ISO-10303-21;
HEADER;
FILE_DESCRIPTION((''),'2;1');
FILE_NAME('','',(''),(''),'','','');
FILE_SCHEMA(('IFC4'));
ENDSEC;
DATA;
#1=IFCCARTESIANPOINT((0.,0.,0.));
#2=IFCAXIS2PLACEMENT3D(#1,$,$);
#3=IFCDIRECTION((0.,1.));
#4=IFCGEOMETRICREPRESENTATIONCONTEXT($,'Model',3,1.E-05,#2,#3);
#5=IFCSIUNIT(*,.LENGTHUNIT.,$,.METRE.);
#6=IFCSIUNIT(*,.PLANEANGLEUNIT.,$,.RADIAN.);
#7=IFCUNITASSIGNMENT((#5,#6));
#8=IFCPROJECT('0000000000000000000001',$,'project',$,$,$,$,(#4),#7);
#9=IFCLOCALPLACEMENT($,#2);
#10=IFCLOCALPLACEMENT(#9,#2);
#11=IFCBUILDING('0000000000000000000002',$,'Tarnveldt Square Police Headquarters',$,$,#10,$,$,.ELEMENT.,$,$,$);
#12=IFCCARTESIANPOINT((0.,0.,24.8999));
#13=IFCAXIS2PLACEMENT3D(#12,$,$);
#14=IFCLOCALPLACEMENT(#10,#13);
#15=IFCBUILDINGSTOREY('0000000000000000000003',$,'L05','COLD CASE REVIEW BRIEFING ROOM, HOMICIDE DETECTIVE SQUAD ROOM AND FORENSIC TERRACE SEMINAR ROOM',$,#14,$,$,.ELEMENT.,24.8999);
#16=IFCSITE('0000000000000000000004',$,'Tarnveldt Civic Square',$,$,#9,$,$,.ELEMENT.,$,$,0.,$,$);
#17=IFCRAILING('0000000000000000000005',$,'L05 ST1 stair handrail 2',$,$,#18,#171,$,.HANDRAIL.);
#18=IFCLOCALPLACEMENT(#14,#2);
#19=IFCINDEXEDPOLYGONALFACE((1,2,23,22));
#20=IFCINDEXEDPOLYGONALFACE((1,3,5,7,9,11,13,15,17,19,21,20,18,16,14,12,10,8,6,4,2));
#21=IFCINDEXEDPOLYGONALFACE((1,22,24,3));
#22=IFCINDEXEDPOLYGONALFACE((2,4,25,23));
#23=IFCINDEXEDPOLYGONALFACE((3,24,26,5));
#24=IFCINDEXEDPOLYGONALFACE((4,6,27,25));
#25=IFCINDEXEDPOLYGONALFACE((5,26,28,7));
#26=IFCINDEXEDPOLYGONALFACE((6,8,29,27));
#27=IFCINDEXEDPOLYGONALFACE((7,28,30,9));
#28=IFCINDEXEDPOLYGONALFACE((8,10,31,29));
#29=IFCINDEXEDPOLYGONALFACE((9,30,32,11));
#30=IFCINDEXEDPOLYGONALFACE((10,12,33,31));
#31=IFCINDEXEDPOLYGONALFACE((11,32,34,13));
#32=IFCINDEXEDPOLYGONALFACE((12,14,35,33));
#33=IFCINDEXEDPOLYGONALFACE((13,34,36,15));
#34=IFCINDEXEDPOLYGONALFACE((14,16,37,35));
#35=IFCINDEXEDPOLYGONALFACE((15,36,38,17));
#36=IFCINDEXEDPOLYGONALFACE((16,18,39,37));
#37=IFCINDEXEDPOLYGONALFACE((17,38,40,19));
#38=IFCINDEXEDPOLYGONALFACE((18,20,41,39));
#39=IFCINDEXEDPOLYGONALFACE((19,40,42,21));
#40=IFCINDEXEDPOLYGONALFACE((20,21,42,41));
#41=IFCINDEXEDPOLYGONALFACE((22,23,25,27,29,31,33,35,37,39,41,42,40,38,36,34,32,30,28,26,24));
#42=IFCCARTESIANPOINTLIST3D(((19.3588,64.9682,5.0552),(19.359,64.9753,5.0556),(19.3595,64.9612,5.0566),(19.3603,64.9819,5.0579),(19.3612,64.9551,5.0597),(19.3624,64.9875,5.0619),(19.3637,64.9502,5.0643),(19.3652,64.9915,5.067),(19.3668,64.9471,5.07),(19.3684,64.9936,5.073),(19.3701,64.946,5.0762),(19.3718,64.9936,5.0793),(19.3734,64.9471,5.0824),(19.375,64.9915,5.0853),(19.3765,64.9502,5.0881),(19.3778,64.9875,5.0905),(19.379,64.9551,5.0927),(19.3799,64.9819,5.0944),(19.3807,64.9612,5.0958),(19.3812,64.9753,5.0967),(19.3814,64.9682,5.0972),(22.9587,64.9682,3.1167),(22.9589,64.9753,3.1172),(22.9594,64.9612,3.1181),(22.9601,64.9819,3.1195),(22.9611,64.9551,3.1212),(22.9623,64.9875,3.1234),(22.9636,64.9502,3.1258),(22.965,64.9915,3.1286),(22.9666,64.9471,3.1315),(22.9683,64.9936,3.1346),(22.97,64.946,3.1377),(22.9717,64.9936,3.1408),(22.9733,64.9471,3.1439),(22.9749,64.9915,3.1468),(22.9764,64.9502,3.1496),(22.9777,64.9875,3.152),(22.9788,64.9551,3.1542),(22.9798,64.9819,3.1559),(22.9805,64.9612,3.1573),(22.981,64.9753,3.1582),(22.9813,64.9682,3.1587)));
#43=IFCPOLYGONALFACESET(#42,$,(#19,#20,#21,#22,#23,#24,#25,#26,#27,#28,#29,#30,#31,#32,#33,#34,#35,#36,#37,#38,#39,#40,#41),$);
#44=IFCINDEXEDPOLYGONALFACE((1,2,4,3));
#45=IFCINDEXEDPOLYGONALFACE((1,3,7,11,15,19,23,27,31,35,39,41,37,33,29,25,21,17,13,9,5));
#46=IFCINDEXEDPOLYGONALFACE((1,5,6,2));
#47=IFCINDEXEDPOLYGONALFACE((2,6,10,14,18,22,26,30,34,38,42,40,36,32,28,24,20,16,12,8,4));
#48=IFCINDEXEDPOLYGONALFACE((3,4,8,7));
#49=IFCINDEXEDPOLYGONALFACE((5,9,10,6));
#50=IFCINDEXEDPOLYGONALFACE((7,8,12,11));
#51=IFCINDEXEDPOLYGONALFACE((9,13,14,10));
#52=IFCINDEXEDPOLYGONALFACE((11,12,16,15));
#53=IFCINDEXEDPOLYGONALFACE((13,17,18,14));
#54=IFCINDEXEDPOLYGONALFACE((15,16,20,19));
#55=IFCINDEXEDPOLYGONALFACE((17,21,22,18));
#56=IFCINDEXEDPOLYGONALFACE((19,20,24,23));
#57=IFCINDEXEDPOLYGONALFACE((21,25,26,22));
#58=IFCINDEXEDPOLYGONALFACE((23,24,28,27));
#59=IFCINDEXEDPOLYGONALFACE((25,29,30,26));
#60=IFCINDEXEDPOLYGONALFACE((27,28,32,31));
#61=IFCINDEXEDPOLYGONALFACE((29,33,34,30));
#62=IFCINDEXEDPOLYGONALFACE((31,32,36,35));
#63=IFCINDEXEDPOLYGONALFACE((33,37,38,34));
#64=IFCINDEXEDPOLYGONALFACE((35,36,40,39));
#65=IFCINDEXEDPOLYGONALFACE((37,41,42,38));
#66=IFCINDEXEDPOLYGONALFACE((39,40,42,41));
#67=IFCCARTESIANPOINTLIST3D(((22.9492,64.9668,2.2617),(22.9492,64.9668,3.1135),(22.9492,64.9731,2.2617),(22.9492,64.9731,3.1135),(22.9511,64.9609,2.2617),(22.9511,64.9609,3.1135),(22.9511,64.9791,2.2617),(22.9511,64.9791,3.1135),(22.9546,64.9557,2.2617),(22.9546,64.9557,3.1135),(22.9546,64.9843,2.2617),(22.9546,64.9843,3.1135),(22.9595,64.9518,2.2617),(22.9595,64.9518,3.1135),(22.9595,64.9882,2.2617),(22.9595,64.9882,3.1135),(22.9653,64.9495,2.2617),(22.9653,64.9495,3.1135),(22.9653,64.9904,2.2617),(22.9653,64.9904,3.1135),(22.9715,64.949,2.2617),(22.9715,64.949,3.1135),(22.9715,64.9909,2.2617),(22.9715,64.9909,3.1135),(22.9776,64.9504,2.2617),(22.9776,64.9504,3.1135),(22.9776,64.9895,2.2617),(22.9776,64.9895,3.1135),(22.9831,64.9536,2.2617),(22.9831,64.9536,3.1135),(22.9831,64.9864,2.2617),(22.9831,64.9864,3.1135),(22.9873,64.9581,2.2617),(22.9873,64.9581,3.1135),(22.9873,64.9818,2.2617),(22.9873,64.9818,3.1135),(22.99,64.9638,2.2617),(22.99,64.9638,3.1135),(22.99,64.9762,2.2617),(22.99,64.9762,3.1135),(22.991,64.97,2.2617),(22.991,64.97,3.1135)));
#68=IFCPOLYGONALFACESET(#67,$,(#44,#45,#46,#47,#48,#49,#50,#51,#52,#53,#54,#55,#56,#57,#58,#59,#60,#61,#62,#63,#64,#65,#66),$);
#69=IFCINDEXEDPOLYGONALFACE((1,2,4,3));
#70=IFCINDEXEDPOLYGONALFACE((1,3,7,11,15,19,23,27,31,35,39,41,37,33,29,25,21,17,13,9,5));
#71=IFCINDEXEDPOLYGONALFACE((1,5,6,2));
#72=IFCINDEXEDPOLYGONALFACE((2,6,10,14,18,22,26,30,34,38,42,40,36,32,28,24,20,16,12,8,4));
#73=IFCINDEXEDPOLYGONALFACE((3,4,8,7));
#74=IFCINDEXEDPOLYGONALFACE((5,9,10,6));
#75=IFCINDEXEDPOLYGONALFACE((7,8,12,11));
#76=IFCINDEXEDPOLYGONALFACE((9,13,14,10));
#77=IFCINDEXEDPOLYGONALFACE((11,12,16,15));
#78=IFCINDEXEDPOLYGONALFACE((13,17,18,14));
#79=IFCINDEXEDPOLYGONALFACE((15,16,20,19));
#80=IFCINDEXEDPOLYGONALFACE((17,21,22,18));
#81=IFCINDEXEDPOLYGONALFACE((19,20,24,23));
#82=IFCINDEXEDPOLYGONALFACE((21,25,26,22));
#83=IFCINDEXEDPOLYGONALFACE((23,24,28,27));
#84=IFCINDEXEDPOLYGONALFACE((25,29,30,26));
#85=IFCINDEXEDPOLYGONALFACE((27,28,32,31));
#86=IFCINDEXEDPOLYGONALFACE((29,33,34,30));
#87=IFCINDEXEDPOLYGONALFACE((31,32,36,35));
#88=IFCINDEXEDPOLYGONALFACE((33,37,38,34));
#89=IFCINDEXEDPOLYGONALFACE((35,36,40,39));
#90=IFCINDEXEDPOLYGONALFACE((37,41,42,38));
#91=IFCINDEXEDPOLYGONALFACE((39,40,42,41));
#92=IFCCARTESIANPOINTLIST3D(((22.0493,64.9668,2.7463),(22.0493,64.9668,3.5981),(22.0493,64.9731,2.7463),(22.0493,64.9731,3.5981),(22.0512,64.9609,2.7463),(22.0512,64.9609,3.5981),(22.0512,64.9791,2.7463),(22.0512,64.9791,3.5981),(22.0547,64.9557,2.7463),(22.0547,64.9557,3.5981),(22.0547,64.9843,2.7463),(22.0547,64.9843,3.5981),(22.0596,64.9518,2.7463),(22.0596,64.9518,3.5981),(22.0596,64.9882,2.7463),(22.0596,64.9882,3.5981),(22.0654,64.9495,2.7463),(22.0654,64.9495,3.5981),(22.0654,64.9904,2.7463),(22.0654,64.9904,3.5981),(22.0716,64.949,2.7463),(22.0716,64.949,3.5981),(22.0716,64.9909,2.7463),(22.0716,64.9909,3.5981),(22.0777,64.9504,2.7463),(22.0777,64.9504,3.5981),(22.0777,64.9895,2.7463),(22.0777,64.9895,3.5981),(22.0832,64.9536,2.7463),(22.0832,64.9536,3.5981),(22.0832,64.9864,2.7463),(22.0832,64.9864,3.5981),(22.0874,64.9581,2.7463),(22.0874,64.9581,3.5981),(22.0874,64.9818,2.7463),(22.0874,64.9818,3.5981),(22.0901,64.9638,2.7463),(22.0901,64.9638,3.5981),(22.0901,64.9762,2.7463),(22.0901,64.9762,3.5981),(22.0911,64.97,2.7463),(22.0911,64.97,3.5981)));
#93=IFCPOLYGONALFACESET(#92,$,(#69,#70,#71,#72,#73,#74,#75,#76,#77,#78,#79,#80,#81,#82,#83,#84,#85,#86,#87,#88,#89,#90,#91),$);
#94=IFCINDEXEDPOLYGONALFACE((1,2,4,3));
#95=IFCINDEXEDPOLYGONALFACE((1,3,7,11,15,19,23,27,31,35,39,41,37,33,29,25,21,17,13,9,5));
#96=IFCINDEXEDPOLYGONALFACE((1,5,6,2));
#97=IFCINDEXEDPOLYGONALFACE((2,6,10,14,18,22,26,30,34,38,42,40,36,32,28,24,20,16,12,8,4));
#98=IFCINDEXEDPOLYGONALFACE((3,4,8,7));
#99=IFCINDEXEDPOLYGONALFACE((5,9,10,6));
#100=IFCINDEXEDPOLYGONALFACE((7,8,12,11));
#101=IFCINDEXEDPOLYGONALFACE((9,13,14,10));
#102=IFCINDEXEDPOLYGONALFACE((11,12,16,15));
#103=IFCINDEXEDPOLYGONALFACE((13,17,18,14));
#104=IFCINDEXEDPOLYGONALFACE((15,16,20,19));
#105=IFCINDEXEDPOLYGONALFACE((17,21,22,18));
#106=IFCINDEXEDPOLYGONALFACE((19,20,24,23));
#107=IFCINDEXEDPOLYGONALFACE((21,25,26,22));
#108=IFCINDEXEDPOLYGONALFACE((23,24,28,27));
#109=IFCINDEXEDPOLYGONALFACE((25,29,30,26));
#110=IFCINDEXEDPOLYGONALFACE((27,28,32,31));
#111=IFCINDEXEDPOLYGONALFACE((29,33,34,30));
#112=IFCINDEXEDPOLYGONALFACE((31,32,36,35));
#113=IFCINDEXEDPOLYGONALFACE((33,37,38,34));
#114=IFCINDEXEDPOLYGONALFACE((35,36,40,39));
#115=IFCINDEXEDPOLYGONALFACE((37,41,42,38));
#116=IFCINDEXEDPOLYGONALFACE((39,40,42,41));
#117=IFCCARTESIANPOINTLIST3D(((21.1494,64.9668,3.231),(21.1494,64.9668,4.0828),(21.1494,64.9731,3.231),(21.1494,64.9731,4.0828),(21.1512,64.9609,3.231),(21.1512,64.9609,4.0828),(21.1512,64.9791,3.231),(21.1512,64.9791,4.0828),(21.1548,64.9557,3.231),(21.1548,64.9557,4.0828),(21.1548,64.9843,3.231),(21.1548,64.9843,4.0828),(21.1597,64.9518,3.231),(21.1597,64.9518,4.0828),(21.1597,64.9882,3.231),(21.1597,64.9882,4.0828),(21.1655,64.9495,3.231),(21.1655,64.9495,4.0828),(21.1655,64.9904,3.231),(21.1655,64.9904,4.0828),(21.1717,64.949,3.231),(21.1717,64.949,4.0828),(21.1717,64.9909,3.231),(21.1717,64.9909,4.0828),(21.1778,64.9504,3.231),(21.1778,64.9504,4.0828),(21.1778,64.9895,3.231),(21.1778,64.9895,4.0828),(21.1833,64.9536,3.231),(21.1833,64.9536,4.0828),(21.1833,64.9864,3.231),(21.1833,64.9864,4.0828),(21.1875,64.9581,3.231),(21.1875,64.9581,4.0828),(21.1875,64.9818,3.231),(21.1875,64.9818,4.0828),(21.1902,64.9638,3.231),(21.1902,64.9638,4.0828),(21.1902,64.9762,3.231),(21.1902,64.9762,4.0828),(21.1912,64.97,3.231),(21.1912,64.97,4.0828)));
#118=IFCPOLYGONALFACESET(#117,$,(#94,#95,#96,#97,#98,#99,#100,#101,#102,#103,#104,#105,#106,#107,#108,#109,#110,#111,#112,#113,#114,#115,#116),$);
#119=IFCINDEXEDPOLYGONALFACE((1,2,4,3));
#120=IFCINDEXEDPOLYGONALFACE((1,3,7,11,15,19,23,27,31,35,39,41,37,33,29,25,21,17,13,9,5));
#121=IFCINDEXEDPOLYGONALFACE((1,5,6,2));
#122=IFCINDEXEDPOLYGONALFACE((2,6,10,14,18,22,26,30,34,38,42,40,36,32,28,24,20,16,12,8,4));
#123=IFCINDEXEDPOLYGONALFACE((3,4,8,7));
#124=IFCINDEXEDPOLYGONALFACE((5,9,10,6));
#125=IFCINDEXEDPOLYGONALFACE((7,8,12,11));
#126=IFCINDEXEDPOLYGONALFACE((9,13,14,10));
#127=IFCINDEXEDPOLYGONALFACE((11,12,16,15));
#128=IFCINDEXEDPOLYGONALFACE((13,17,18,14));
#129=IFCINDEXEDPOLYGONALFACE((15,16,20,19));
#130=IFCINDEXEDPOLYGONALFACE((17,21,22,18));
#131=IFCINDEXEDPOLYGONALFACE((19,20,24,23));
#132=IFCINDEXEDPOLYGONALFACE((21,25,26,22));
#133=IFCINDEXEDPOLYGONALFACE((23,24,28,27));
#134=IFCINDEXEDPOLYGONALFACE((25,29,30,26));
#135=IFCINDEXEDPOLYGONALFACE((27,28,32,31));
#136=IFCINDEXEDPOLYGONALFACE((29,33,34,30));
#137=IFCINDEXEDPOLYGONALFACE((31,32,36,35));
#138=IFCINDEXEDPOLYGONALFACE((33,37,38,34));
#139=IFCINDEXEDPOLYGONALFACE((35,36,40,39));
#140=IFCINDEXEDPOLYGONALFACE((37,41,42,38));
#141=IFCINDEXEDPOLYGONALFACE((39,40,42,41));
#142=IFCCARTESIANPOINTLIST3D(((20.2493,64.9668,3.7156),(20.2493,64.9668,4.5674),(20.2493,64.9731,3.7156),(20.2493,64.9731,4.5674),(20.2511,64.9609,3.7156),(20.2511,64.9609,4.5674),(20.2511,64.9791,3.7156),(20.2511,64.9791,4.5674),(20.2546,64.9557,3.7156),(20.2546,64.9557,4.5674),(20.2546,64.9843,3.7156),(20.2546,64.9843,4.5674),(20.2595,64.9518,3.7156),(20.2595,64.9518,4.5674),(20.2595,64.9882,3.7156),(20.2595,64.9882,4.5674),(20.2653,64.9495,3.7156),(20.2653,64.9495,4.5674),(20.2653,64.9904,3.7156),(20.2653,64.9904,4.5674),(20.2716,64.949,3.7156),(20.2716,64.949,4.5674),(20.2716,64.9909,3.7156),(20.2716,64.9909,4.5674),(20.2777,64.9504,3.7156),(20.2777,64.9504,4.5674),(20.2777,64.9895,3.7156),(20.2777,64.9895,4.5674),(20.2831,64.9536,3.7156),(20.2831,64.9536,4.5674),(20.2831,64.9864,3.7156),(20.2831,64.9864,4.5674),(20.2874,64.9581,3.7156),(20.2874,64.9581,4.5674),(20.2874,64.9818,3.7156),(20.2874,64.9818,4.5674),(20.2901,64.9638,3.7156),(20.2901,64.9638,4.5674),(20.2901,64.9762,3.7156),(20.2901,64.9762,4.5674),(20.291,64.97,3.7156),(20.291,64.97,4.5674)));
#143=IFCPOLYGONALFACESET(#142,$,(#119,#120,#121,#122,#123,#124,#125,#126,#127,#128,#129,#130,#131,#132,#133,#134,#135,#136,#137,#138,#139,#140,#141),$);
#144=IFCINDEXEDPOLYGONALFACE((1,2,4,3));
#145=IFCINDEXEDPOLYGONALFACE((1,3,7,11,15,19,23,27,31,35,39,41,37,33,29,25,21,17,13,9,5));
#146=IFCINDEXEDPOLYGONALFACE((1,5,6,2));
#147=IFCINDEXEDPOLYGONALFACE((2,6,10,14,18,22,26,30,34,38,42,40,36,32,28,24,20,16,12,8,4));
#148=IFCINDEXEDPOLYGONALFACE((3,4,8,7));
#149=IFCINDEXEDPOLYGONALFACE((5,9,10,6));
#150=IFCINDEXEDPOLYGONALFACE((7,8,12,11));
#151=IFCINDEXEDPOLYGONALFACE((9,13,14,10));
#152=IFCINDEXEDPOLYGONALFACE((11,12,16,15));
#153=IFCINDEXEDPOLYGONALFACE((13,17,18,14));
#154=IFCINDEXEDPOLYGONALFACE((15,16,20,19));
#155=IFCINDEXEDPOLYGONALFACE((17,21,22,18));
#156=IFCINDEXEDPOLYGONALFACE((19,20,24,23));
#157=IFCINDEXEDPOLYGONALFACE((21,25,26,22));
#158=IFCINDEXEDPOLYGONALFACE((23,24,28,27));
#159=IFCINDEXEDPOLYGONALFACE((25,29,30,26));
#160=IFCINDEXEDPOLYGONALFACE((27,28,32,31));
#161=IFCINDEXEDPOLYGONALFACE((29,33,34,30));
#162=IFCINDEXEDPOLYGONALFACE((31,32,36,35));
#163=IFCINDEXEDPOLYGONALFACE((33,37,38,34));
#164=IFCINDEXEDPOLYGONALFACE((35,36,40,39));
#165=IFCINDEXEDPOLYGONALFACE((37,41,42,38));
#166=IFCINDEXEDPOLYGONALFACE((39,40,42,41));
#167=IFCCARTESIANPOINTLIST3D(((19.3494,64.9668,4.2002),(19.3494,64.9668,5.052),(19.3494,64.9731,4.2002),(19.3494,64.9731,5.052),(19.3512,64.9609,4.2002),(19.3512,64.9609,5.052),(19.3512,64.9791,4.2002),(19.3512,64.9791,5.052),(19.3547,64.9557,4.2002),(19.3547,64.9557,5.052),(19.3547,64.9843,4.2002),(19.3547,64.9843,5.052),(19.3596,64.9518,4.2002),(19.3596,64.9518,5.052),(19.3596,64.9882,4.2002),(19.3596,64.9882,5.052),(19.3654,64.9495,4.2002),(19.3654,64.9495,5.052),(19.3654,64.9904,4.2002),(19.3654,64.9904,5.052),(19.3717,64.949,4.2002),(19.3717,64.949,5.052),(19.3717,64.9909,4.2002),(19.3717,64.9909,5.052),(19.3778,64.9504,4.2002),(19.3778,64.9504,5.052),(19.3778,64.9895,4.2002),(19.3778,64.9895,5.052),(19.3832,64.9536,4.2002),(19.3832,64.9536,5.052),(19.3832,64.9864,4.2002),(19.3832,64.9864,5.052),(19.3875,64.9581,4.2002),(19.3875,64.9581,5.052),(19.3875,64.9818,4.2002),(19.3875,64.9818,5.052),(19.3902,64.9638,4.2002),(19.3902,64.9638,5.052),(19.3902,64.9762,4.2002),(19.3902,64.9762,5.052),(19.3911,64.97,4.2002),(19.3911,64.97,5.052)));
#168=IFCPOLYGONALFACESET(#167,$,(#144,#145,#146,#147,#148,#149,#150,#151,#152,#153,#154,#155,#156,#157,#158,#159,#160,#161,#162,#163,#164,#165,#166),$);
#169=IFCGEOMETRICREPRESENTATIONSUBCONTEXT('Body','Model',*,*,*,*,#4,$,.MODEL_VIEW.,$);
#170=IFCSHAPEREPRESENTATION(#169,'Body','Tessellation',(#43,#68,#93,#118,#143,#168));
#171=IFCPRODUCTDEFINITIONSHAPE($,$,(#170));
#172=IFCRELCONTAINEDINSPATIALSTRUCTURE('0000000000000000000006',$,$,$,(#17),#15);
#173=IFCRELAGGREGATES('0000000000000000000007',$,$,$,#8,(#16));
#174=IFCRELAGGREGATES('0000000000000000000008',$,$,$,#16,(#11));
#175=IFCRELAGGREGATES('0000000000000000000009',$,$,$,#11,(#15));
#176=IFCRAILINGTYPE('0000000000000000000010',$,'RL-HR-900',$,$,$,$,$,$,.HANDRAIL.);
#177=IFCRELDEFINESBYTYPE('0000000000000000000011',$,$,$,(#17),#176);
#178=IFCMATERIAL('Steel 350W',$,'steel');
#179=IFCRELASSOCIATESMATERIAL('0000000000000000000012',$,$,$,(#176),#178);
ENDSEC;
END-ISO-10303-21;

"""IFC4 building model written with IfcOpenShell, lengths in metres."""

from ifc_helpers import new_model, si_unit, direction, frame, origin, origin_2d, place, context, subcontext, project, spatial, circle, extrude, material, type_object, element, save


model = new_model("IFC4")

# Units and contexts
model_context = context("Model", 3, precision=1e-05, world=origin(), true_north=direction((0.0, 1.0)))
body_context = subcontext(model_context, "Body", "Model", "MODEL_VIEW")
ifc_project = project(units=[si_unit("LENGTHUNIT", "METRE"), si_unit("PLANEANGLEUNIT", "RADIAN")], contexts=[model_context])

# Site, building, storey
site_placement = place(None, origin())
site = spatial("IfcSite", under=ifc_project, at=site_placement, Name="Tarnveldt Civic Square", CompositionType="ELEMENT", RefElevation=0.0)
building_placement = place(site_placement, origin())
building = spatial("IfcBuilding", under=site, at=building_placement, Name="Tarnveldt Square Police Headquarters", CompositionType="ELEMENT")
storey_placement = place(building_placement, frame((0.0, 0.0, 24.8999)))
storey = spatial("IfcBuildingStorey", under=building, at=storey_placement, Name="L05", Description="COLD CASE REVIEW BRIEFING ROOM, HOMICIDE DETECTIVE SQUAD ROOM AND FORENSIC TERRACE SEMINAR ROOM", CompositionType="ELEMENT", Elevation=24.8999)

# Shared definitions
ifc_material_1 = material(Name="Steel 350W", Category="steel")

# Railing
railing_type_1 = type_object("IfcRailingType", Name="RL-HR-900", PredefinedType="HANDRAIL", material=ifc_material_1)
railing_1_placement = place(storey_placement, frame((22.97, 64.97, 2.2617)))
element("IfcRailing", 1, at=railing_1_placement, inside=storey, type_object=railing_type_1, Name="L05 ST1 stair handrail 2", PredefinedType="HANDRAIL", context=body_context, shape_type="SweptSolid", body=[
    extrude(circle(Radius=0.0239, at=origin_2d()), frame((0.0, 0.0, 0.876), z_axis=(-0.880462, 0.0, 0.474118), x_axis=(0.0, -1.0, 0.0)), (0.0, 0.0, 1.0), 4.0886),
    extrude(circle(Radius=0.021, at=origin_2d()), origin(), (0.0, 0.0, 1.0), 0.8518),
    extrude(circle(Radius=0.021, at=origin_2d()), frame((-0.8999, 0.0, 0.4846)), (0.0, 0.0, 1.0), 0.8518),
    extrude(circle(Radius=0.021, at=origin_2d()), frame((-1.7998, 0.0, 0.9692)), (0.0, 0.0, 1.0), 0.8518),
    extrude(circle(Radius=0.021, at=origin_2d()), frame((-2.7, 0.0, 1.4539)), (0.0, 0.0, 1.0), 0.8518),
    extrude(circle(Radius=0.021, at=origin_2d()), frame((-3.5999, 0.0, 1.9385)), (0.0, 0.0, 1.0), 0.8518),
])

save(model, "model.ifc")
